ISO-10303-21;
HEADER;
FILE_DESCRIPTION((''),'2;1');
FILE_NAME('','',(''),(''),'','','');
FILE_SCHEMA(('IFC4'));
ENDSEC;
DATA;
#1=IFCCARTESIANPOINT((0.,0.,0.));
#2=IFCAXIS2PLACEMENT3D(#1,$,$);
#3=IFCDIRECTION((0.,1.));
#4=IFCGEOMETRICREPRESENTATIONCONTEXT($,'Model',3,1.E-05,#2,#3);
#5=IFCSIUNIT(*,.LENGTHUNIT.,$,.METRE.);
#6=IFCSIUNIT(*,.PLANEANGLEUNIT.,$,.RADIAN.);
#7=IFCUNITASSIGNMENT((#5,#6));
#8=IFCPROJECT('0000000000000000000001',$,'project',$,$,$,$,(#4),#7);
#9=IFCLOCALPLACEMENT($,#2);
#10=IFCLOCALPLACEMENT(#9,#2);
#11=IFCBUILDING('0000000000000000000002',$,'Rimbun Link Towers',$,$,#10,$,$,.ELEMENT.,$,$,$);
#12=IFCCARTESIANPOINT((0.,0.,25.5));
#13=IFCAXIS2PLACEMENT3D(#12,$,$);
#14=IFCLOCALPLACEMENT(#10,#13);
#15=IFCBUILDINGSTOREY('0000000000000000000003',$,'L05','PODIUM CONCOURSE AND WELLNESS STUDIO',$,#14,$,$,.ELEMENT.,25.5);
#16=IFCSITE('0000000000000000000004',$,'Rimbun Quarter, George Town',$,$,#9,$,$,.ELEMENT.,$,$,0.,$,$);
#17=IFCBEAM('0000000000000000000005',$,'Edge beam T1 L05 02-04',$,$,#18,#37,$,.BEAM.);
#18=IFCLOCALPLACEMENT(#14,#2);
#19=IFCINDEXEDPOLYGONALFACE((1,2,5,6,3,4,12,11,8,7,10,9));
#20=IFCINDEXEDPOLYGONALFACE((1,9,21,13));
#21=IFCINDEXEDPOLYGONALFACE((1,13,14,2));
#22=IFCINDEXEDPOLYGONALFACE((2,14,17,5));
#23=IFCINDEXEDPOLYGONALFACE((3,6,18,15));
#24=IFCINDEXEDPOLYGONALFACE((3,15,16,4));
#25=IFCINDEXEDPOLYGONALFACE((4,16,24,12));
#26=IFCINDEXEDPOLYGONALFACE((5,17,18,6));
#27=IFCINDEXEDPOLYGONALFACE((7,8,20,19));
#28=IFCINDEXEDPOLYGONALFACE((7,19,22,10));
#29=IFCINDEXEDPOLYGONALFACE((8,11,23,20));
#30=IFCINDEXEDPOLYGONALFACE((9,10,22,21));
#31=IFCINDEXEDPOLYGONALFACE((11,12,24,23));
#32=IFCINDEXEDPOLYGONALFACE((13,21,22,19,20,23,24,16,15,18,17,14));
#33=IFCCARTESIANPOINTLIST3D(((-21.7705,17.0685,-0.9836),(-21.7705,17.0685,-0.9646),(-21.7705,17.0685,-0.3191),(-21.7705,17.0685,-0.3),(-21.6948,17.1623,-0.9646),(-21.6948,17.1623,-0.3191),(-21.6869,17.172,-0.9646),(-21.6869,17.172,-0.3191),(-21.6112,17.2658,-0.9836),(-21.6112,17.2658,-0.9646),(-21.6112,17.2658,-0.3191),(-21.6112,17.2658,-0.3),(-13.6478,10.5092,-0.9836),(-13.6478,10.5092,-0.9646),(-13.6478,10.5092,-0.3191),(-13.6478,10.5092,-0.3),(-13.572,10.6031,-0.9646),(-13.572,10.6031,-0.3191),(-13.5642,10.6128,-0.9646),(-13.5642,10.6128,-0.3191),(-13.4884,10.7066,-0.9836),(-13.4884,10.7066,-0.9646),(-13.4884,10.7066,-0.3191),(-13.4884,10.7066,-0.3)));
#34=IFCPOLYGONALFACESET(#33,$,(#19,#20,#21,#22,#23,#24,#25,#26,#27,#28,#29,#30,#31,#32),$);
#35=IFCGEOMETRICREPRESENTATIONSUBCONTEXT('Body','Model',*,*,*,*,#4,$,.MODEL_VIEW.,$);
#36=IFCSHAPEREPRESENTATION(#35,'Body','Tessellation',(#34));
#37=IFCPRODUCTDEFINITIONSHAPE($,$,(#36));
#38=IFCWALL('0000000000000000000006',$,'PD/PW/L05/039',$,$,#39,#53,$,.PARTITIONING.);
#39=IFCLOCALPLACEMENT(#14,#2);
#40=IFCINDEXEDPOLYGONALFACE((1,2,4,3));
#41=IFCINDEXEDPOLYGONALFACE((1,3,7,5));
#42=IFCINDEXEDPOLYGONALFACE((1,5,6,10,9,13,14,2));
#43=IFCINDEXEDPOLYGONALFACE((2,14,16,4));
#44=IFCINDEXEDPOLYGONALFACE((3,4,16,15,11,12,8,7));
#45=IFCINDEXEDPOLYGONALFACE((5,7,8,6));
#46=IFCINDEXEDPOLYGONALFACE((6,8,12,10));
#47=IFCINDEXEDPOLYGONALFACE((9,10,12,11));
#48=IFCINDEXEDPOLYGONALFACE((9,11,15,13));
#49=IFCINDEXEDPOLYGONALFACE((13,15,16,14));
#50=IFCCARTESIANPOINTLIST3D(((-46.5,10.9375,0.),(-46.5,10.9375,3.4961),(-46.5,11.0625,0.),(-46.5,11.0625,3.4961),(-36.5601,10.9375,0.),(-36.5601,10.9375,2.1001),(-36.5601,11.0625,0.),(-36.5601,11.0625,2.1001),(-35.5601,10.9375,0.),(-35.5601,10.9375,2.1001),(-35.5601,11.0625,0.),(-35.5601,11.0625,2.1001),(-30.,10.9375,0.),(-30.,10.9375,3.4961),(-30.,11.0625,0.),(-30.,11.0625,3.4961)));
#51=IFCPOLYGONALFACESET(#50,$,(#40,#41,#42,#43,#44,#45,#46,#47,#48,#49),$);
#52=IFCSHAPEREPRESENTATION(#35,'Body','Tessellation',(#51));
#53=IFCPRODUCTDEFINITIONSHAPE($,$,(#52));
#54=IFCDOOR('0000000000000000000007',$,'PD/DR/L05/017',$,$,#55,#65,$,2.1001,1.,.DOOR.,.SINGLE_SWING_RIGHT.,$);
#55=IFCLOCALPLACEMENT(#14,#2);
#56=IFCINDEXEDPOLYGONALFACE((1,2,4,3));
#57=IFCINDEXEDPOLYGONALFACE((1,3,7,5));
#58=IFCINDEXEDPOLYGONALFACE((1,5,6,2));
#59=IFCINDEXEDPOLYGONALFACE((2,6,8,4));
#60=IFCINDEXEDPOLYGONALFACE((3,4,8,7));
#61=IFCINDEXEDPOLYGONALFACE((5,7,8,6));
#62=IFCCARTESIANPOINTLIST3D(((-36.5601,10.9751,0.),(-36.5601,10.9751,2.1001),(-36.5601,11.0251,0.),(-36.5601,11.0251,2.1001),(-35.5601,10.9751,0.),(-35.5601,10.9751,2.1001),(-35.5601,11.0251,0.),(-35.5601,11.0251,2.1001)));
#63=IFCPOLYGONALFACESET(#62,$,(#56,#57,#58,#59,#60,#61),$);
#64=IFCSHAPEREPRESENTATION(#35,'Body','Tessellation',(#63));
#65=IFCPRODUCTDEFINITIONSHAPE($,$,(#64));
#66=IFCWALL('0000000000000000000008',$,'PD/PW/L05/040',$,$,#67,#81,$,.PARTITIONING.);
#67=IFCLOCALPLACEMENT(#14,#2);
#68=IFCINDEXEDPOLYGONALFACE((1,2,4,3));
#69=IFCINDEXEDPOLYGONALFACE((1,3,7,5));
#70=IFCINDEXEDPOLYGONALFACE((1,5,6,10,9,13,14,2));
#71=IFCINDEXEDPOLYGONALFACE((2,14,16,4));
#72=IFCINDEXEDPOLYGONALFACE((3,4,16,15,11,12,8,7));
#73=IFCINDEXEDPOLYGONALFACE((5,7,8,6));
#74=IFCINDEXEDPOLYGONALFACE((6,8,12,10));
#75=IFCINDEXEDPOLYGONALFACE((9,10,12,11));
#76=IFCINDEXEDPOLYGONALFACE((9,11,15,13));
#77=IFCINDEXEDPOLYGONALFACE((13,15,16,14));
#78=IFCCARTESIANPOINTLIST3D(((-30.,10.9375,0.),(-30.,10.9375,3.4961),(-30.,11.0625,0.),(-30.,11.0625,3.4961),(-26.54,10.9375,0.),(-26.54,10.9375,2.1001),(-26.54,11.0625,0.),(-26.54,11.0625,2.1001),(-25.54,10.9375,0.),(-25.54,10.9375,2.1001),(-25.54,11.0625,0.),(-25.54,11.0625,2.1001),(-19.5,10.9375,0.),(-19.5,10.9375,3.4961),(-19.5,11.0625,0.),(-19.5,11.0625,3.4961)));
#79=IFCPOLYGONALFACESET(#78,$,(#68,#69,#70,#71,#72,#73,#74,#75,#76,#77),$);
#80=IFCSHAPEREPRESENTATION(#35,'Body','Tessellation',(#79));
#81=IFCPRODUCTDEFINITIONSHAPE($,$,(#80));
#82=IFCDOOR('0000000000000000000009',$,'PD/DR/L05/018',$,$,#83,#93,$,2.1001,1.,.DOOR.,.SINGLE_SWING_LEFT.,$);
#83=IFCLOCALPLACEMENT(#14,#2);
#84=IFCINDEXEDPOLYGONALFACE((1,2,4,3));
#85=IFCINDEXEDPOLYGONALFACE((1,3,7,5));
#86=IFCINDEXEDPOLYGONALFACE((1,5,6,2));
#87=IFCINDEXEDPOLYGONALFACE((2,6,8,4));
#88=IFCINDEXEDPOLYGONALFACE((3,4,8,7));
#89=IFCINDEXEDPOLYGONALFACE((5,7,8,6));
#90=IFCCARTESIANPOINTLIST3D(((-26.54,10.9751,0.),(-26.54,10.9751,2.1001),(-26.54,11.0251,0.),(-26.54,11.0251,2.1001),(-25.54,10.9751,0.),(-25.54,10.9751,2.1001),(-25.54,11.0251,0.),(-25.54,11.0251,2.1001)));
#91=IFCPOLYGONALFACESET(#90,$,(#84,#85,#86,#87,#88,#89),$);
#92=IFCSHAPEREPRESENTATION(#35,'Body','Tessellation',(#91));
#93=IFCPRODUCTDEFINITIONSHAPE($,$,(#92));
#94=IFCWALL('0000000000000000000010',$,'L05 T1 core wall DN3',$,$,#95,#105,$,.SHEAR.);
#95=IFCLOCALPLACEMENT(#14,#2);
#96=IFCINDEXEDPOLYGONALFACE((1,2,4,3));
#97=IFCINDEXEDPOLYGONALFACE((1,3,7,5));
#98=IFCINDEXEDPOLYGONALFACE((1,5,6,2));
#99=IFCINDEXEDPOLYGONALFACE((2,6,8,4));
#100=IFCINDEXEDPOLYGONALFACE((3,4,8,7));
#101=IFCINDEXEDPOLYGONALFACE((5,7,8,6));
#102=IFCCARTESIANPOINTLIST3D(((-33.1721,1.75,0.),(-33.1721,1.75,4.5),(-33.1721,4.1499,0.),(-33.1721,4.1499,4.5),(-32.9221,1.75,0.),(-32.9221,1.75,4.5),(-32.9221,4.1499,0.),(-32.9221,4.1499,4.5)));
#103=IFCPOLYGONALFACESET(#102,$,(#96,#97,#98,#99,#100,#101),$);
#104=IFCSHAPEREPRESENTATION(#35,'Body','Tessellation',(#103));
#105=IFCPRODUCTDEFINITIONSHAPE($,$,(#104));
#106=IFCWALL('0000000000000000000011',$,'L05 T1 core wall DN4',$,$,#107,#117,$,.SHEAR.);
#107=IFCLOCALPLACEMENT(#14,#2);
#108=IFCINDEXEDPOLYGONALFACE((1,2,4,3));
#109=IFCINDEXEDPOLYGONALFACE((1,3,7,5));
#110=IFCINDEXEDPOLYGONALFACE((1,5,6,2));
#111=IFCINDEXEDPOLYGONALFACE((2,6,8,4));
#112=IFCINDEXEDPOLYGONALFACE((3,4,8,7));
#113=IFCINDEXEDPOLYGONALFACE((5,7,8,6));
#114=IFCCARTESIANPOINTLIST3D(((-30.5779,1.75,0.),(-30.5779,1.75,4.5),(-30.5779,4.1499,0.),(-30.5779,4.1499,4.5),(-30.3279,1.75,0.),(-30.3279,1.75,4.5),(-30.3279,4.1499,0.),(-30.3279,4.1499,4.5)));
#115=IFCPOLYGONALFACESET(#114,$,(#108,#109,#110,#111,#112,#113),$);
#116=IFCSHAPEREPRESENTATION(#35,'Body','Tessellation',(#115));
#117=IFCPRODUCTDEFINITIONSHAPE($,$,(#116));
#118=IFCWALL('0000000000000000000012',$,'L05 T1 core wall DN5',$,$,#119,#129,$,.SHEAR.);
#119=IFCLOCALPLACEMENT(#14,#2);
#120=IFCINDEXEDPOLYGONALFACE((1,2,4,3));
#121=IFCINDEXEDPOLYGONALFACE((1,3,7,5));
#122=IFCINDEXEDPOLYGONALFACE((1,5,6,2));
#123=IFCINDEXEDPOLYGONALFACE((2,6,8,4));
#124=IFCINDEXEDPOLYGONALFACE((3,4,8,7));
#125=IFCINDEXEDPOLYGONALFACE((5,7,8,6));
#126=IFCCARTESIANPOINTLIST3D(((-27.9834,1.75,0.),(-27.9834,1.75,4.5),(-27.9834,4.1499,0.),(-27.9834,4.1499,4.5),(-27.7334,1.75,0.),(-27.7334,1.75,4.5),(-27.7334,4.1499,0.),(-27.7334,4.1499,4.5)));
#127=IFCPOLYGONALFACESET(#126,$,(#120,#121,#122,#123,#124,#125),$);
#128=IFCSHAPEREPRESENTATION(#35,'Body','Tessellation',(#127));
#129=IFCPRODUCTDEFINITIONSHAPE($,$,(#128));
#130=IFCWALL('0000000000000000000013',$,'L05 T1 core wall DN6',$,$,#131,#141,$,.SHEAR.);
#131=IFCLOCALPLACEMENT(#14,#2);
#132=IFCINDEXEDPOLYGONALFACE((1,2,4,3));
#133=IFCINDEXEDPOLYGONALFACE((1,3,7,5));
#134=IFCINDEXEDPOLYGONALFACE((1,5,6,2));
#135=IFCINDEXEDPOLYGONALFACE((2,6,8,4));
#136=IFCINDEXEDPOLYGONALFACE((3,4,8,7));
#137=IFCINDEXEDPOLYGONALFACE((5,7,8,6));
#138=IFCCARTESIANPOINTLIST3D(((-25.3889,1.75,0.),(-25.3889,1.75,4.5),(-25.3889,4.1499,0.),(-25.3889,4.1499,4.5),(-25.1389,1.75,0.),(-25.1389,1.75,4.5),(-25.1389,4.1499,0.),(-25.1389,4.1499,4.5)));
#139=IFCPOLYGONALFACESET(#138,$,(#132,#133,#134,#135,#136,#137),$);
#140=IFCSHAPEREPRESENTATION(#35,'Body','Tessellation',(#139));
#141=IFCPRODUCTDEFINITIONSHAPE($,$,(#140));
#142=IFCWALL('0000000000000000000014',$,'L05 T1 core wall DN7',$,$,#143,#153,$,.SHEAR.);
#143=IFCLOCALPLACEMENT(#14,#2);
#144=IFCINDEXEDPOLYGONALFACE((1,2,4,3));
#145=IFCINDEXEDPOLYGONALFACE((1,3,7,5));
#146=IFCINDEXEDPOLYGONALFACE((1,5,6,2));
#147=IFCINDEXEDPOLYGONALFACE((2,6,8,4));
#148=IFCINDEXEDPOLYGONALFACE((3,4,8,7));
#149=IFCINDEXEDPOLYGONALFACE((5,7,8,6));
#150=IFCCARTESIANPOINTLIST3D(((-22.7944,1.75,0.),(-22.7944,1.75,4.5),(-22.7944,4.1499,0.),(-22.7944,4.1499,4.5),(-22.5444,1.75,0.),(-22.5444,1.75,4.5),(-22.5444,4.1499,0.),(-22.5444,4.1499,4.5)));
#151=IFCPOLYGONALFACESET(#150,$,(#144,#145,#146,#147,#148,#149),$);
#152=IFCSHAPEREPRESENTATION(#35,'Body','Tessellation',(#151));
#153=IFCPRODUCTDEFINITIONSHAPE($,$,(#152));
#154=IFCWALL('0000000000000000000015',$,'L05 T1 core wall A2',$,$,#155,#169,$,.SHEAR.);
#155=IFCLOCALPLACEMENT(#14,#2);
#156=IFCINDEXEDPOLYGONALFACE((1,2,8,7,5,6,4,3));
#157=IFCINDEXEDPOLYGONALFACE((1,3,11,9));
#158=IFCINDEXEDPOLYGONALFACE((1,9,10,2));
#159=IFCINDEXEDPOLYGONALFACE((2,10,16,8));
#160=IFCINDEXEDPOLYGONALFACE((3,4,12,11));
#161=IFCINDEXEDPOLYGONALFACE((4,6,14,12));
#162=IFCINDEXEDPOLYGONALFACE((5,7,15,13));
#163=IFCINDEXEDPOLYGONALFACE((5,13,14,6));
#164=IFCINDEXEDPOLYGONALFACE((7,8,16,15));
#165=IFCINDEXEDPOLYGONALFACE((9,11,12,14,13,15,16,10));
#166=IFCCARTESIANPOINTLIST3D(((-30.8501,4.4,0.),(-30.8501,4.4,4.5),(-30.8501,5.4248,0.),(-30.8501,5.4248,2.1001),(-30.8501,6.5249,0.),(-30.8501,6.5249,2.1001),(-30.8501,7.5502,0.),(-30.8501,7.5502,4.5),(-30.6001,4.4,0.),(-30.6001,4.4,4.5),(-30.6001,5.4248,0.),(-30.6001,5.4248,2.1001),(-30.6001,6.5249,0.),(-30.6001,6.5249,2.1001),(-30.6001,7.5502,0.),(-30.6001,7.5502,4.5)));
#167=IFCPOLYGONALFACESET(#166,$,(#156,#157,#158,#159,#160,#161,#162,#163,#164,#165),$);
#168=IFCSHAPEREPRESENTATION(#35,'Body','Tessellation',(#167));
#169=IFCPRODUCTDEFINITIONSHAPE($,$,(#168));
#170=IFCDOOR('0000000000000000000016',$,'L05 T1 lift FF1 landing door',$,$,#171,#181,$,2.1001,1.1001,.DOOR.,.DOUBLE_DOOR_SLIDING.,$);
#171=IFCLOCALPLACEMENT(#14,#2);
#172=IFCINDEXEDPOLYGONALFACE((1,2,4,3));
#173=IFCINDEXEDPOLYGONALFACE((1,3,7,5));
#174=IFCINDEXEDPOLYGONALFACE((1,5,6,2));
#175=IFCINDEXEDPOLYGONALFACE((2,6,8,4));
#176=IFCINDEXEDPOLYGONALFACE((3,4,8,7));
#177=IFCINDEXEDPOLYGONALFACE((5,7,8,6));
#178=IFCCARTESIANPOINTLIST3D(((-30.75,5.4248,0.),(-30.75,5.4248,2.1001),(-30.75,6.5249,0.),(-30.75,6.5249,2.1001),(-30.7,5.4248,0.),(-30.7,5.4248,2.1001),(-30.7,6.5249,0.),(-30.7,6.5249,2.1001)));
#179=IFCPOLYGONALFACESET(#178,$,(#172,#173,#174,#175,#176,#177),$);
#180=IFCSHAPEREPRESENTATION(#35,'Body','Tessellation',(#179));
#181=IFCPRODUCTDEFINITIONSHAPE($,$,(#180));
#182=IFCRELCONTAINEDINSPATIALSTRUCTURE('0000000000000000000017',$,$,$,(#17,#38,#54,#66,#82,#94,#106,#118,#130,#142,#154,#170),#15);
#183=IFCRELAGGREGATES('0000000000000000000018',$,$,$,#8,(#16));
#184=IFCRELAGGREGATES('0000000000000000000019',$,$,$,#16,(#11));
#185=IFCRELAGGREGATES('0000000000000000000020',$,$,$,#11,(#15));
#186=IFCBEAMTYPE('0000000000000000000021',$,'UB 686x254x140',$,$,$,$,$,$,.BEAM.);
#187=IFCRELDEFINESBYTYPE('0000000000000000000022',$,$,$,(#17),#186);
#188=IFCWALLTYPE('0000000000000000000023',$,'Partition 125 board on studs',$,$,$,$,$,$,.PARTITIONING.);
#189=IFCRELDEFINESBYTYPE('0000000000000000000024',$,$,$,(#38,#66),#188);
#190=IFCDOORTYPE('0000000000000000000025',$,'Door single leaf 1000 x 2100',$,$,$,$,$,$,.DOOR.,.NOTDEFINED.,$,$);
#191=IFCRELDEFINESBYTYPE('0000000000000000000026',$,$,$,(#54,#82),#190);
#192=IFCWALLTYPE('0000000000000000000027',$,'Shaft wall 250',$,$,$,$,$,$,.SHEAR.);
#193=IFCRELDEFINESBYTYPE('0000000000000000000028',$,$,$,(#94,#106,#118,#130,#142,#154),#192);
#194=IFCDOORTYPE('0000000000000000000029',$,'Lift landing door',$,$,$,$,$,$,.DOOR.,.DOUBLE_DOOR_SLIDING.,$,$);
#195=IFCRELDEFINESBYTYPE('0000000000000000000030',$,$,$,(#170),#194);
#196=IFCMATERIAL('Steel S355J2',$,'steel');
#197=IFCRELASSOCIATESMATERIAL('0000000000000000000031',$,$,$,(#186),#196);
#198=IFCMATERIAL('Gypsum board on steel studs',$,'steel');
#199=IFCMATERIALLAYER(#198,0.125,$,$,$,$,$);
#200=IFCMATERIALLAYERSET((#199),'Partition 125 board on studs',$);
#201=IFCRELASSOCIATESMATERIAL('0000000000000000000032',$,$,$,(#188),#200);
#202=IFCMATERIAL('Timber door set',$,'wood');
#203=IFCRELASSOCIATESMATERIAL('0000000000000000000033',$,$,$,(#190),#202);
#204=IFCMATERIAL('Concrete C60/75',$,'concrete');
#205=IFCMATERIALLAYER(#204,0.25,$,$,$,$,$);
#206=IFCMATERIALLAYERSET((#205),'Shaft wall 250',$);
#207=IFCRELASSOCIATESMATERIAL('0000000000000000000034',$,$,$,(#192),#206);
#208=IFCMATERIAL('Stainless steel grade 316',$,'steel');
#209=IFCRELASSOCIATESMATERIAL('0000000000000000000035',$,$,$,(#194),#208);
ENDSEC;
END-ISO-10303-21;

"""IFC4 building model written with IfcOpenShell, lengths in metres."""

from ifc_helpers import new_model, si_unit, direction, frame, frame_2d, origin, origin_2d, place, context, subcontext, project, spatial, rectangle, i_section, extrude, material, layer, layer_set, material_profile, profile_set, type_object, element, fill, save


model = new_model("IFC4")

# Units and contexts
model_context = context("Model", 3, precision=1e-05, world=origin(), true_north=direction((0.0, 1.0)))
body_context = subcontext(model_context, "Body", "Model", "MODEL_VIEW")
ifc_project = project(units=[si_unit("LENGTHUNIT", "METRE"), si_unit("PLANEANGLEUNIT", "RADIAN")], contexts=[model_context])

# Site, building, storey
site_placement = place(None, origin())
site = spatial("IfcSite", under=ifc_project, at=site_placement, Name="Rimbun Quarter, George Town", CompositionType="ELEMENT", RefElevation=0.0)
building_placement = place(site_placement, origin())
building = spatial("IfcBuilding", under=site, at=building_placement, Name="Rimbun Link Towers", CompositionType="ELEMENT")
storey_placement = place(building_placement, frame((0.0, 0.0, 25.5)))
storey = spatial("IfcBuildingStorey", under=building, at=storey_placement, Name="L05", Description="PODIUM CONCOURSE AND WELLNESS STUDIO", CompositionType="ELEMENT", Elevation=25.5)

# Beam
ifc_material_1 = material(Name="Steel S355J2", Category="steel")
ifc_material_profile_1 = material_profile(ifc_material_1, i_section(OverallWidth=0.2537, OverallDepth=0.6836, WebThickness=0.0125, FlangeThickness=0.019, at=origin_2d()), Name="UB 686x254x140")
ifc_profile_set_1 = profile_set([ifc_material_profile_1], Name="Steel S355J2")
beam_type_1 = type_object("IfcBeamType", Name="UB 686x254x140", PredefinedType="BEAM", material=ifc_profile_set_1)
beam_1_placement = place(storey_placement, frame((-13.5681, 10.6079, -0.6418), z_axis=(-0.778007, 0.628256, 0.0), x_axis=(-0.628256, -0.778007, 0.0)))
element("IfcBeam", 1, at=beam_1_placement, inside=storey, type_object=beam_type_1, Name="Edge beam T1 L05 02-04", PredefinedType="BEAM", context=body_context, shape_type="SweptSolid", body=[
    extrude(i_section(OverallWidth=0.2537, OverallDepth=0.6836, WebThickness=0.0125, FlangeThickness=0.019, at=origin_2d()), origin(), (0.0, 0.0, 1.0), 10.4404),
])

# Walls, openings, doors
ifc_material_2 = material(Name="Gypsum board on steel studs", Category="steel")
ifc_layer_1 = layer(ifc_material_2, 0.125)
ifc_layer_set_1 = layer_set([ifc_layer_1], Name="Partition 125 board on studs")
wall_type_1 = type_object("IfcWallType", Name="Partition 125 board on studs", PredefinedType="PARTITIONING", material=ifc_layer_set_1)
wall_1_placement = place(storey_placement, frame((-30.0, 11.0, 0.0), z_axis=(0.0, 0.0, 1.0), x_axis=(-1.0, 0.0, 0.0)))
wall_1 = element("IfcWall", 2, at=wall_1_placement, inside=storey, type_object=wall_type_1, Name="PD/PW/L05/039", PredefinedType="PARTITIONING", context=body_context, shape_type="SweptSolid", body=[
    extrude(rectangle(XDim=16.5, YDim=0.125, at=frame_2d((8.25, 0.0))), origin(), (0.0, 0.0, 1.0), 3.4961),
])
opening_1_placement = place(wall_1_placement, frame((5.5601, 0.0, 0.0)))
opening_1 = element("IfcOpeningElement", 3, at=opening_1_placement, cuts=wall_1, PredefinedType="OPENING", context=body_context, shape_type="SweptSolid", body=[
    extrude(rectangle(XDim=1.0, YDim=2.1001, at=frame_2d((0.5, 1.05))), frame((0.0, 0.0725, 0.0), z_axis=(0.0, -1.0, 0.0), x_axis=(1.0, 0.0, 0.0)), (0.0, 0.0, 1.0), 0.145),
])
ifc_material_3 = material(Name="Timber door set", Category="wood")
door_type_1 = type_object("IfcDoorType", Name="Door single leaf 1000 x 2100", OperationType="NOTDEFINED", PredefinedType="DOOR", material=ifc_material_3)
door_1_placement = place(opening_1_placement, origin())
door_1 = element("IfcDoor", 4, at=door_1_placement, inside=storey, type_object=door_type_1, Name="PD/DR/L05/017", OperationType="SINGLE_SWING_RIGHT", OverallHeight=2.1001, OverallWidth=1.0, PredefinedType="DOOR", context=body_context, shape_type="SweptSolid", body=[
    extrude(rectangle(XDim=1.0, YDim=2.1001, at=frame_2d((0.5, 1.05))), frame((0.0, 0.0249, 0.0), z_axis=(0.0, -1.0, 0.0), x_axis=(1.0, 0.0, 0.0)), (0.0, 0.0, 1.0), 0.05),
])
fill(opening_1, door_1)
wall_2_placement = place(storey_placement, frame((-19.5, 11.0, 0.0), z_axis=(0.0, 0.0, 1.0), x_axis=(-1.0, 0.0, 0.0)))
wall_2 = element("IfcWall", 5, at=wall_2_placement, inside=storey, type_object=wall_type_1, Name="PD/PW/L05/040", PredefinedType="PARTITIONING", context=body_context, shape_type="SweptSolid", body=[
    extrude(rectangle(XDim=10.5, YDim=0.125, at=frame_2d((5.25, 0.0))), origin(), (0.0, 0.0, 1.0), 3.4961),
])
opening_2_placement = place(wall_2_placement, frame((6.04, 0.0, 0.0)))
opening_2 = element("IfcOpeningElement", 6, at=opening_2_placement, cuts=wall_2, PredefinedType="OPENING", context=body_context, shape_type="SweptSolid", body=[
    extrude(rectangle(XDim=1.0, YDim=2.1001, at=frame_2d((0.5, 1.05))), frame((0.0, 0.0725, 0.0), z_axis=(0.0, -1.0, 0.0), x_axis=(1.0, 0.0, 0.0)), (0.0, 0.0, 1.0), 0.145),
])
door_2_placement = place(opening_2_placement, origin())
door_2 = element("IfcDoor", 7, at=door_2_placement, inside=storey, type_object=door_type_1, Name="PD/DR/L05/018", OperationType="SINGLE_SWING_LEFT", OverallHeight=2.1001, OverallWidth=1.0, PredefinedType="DOOR", context=body_context, shape_type="SweptSolid", body=[
    extrude(rectangle(XDim=1.0, YDim=2.1001, at=frame_2d((0.5, 1.05))), frame((0.0, 0.0249, 0.0), z_axis=(0.0, -1.0, 0.0), x_axis=(1.0, 0.0, 0.0)), (0.0, 0.0, 1.0), 0.05),
])
fill(opening_2, door_2)

# Walls
ifc_material_4 = material(Name="Concrete C60/75", Category="concrete")
ifc_layer_2 = layer(ifc_material_4, 0.25)
ifc_layer_set_2 = layer_set([ifc_layer_2], Name="Shaft wall 250")
wall_type_2 = type_object("IfcWallType", Name="Shaft wall 250", PredefinedType="SHEAR", material=ifc_layer_set_2)
for number, where, z_axis, x_axis, name in (
    (8, (-33.0471, 1.75, 0.0), (0.0, 0.0, 1.0), (0.0, 1.0, 0.0), "L05 T1 core wall DN3"),
    (9, (-30.4529, 1.75, 0.0), (0.0, 0.0, 1.0), (0.0, 1.0, 0.0), "L05 T1 core wall DN4"),
    (10, (-27.8584, 1.75, 0.0), (0.0, 0.0, 1.0), (0.0, 1.0, 0.0), "L05 T1 core wall DN5"),
    (11, (-25.2639, 1.75, 0.0), (0.0, 0.0, 1.0), (0.0, 1.0, 0.0), "L05 T1 core wall DN6"),
    (12, (-22.6694, 1.75, 0.0), (0.0, 0.0, 1.0), (0.0, 1.0, 0.0), "L05 T1 core wall DN7"),
):
    element("IfcWall", number, at=place(storey_placement, frame(where, z_axis=z_axis, x_axis=x_axis)), inside=storey, type_object=wall_type_2, Name=name, PredefinedType="SHEAR", context=body_context, shape_type="SweptSolid", body=[
        extrude(rectangle(XDim=2.3999, YDim=0.25, at=frame_2d((1.2, 0.0))), origin(), (0.0, 0.0, 1.0), 4.5),
    ])

# Wall, opening, door
wall_3_placement = place(storey_placement, frame((-30.7251, 4.3999, 0.0), z_axis=(0.0, 0.0, 1.0), x_axis=(0.0, 1.0, 0.0)))
wall_3 = element("IfcWall", 13, at=wall_3_placement, inside=storey, type_object=wall_type_2, Name="L05 T1 core wall A2", PredefinedType="SHEAR", context=body_context, shape_type="SweptSolid", body=[
    extrude(rectangle(XDim=3.1501, YDim=0.25, at=frame_2d((1.5752, 0.0))), origin(), (0.0, 0.0, 1.0), 4.5),
])
opening_3_placement = place(wall_3_placement, frame((1.0249, 0.0, 0.0)))
opening_3 = element("IfcOpeningElement", 14, at=opening_3_placement, cuts=wall_3, PredefinedType="OPENING", context=body_context, shape_type="SweptSolid", body=[
    extrude(rectangle(XDim=1.1001, YDim=2.1001, at=frame_2d((0.55, 1.05))), frame((0.0, 0.135, 0.0), z_axis=(0.0, -1.0, 0.0), x_axis=(1.0, 0.0, 0.0)), (0.0, 0.0, 1.0), 0.27),
])
ifc_material_5 = material(Name="Stainless steel grade 316", Category="steel")
door_type_2 = type_object("IfcDoorType", Name="Lift landing door", OperationType="DOUBLE_DOOR_SLIDING", PredefinedType="DOOR", material=ifc_material_5)
door_3_placement = place(opening_3_placement, origin())
door_3 = element("IfcDoor", 15, at=door_3_placement, inside=storey, type_object=door_type_2, Name="L05 T1 lift FF1 landing door", OperationType="DOUBLE_DOOR_SLIDING", OverallHeight=2.1001, OverallWidth=1.1001, PredefinedType="DOOR", context=body_context, shape_type="SweptSolid", body=[
    extrude(rectangle(XDim=1.1001, YDim=2.1001, at=frame_2d((0.55, 1.05))), frame((0.0, 0.0249, 0.0), z_axis=(0.0, -1.0, 0.0), x_axis=(1.0, 0.0, 0.0)), (0.0, 0.0, 1.0), 0.05),
])
fill(opening_3, door_3)

save(model, "model.ifc")
